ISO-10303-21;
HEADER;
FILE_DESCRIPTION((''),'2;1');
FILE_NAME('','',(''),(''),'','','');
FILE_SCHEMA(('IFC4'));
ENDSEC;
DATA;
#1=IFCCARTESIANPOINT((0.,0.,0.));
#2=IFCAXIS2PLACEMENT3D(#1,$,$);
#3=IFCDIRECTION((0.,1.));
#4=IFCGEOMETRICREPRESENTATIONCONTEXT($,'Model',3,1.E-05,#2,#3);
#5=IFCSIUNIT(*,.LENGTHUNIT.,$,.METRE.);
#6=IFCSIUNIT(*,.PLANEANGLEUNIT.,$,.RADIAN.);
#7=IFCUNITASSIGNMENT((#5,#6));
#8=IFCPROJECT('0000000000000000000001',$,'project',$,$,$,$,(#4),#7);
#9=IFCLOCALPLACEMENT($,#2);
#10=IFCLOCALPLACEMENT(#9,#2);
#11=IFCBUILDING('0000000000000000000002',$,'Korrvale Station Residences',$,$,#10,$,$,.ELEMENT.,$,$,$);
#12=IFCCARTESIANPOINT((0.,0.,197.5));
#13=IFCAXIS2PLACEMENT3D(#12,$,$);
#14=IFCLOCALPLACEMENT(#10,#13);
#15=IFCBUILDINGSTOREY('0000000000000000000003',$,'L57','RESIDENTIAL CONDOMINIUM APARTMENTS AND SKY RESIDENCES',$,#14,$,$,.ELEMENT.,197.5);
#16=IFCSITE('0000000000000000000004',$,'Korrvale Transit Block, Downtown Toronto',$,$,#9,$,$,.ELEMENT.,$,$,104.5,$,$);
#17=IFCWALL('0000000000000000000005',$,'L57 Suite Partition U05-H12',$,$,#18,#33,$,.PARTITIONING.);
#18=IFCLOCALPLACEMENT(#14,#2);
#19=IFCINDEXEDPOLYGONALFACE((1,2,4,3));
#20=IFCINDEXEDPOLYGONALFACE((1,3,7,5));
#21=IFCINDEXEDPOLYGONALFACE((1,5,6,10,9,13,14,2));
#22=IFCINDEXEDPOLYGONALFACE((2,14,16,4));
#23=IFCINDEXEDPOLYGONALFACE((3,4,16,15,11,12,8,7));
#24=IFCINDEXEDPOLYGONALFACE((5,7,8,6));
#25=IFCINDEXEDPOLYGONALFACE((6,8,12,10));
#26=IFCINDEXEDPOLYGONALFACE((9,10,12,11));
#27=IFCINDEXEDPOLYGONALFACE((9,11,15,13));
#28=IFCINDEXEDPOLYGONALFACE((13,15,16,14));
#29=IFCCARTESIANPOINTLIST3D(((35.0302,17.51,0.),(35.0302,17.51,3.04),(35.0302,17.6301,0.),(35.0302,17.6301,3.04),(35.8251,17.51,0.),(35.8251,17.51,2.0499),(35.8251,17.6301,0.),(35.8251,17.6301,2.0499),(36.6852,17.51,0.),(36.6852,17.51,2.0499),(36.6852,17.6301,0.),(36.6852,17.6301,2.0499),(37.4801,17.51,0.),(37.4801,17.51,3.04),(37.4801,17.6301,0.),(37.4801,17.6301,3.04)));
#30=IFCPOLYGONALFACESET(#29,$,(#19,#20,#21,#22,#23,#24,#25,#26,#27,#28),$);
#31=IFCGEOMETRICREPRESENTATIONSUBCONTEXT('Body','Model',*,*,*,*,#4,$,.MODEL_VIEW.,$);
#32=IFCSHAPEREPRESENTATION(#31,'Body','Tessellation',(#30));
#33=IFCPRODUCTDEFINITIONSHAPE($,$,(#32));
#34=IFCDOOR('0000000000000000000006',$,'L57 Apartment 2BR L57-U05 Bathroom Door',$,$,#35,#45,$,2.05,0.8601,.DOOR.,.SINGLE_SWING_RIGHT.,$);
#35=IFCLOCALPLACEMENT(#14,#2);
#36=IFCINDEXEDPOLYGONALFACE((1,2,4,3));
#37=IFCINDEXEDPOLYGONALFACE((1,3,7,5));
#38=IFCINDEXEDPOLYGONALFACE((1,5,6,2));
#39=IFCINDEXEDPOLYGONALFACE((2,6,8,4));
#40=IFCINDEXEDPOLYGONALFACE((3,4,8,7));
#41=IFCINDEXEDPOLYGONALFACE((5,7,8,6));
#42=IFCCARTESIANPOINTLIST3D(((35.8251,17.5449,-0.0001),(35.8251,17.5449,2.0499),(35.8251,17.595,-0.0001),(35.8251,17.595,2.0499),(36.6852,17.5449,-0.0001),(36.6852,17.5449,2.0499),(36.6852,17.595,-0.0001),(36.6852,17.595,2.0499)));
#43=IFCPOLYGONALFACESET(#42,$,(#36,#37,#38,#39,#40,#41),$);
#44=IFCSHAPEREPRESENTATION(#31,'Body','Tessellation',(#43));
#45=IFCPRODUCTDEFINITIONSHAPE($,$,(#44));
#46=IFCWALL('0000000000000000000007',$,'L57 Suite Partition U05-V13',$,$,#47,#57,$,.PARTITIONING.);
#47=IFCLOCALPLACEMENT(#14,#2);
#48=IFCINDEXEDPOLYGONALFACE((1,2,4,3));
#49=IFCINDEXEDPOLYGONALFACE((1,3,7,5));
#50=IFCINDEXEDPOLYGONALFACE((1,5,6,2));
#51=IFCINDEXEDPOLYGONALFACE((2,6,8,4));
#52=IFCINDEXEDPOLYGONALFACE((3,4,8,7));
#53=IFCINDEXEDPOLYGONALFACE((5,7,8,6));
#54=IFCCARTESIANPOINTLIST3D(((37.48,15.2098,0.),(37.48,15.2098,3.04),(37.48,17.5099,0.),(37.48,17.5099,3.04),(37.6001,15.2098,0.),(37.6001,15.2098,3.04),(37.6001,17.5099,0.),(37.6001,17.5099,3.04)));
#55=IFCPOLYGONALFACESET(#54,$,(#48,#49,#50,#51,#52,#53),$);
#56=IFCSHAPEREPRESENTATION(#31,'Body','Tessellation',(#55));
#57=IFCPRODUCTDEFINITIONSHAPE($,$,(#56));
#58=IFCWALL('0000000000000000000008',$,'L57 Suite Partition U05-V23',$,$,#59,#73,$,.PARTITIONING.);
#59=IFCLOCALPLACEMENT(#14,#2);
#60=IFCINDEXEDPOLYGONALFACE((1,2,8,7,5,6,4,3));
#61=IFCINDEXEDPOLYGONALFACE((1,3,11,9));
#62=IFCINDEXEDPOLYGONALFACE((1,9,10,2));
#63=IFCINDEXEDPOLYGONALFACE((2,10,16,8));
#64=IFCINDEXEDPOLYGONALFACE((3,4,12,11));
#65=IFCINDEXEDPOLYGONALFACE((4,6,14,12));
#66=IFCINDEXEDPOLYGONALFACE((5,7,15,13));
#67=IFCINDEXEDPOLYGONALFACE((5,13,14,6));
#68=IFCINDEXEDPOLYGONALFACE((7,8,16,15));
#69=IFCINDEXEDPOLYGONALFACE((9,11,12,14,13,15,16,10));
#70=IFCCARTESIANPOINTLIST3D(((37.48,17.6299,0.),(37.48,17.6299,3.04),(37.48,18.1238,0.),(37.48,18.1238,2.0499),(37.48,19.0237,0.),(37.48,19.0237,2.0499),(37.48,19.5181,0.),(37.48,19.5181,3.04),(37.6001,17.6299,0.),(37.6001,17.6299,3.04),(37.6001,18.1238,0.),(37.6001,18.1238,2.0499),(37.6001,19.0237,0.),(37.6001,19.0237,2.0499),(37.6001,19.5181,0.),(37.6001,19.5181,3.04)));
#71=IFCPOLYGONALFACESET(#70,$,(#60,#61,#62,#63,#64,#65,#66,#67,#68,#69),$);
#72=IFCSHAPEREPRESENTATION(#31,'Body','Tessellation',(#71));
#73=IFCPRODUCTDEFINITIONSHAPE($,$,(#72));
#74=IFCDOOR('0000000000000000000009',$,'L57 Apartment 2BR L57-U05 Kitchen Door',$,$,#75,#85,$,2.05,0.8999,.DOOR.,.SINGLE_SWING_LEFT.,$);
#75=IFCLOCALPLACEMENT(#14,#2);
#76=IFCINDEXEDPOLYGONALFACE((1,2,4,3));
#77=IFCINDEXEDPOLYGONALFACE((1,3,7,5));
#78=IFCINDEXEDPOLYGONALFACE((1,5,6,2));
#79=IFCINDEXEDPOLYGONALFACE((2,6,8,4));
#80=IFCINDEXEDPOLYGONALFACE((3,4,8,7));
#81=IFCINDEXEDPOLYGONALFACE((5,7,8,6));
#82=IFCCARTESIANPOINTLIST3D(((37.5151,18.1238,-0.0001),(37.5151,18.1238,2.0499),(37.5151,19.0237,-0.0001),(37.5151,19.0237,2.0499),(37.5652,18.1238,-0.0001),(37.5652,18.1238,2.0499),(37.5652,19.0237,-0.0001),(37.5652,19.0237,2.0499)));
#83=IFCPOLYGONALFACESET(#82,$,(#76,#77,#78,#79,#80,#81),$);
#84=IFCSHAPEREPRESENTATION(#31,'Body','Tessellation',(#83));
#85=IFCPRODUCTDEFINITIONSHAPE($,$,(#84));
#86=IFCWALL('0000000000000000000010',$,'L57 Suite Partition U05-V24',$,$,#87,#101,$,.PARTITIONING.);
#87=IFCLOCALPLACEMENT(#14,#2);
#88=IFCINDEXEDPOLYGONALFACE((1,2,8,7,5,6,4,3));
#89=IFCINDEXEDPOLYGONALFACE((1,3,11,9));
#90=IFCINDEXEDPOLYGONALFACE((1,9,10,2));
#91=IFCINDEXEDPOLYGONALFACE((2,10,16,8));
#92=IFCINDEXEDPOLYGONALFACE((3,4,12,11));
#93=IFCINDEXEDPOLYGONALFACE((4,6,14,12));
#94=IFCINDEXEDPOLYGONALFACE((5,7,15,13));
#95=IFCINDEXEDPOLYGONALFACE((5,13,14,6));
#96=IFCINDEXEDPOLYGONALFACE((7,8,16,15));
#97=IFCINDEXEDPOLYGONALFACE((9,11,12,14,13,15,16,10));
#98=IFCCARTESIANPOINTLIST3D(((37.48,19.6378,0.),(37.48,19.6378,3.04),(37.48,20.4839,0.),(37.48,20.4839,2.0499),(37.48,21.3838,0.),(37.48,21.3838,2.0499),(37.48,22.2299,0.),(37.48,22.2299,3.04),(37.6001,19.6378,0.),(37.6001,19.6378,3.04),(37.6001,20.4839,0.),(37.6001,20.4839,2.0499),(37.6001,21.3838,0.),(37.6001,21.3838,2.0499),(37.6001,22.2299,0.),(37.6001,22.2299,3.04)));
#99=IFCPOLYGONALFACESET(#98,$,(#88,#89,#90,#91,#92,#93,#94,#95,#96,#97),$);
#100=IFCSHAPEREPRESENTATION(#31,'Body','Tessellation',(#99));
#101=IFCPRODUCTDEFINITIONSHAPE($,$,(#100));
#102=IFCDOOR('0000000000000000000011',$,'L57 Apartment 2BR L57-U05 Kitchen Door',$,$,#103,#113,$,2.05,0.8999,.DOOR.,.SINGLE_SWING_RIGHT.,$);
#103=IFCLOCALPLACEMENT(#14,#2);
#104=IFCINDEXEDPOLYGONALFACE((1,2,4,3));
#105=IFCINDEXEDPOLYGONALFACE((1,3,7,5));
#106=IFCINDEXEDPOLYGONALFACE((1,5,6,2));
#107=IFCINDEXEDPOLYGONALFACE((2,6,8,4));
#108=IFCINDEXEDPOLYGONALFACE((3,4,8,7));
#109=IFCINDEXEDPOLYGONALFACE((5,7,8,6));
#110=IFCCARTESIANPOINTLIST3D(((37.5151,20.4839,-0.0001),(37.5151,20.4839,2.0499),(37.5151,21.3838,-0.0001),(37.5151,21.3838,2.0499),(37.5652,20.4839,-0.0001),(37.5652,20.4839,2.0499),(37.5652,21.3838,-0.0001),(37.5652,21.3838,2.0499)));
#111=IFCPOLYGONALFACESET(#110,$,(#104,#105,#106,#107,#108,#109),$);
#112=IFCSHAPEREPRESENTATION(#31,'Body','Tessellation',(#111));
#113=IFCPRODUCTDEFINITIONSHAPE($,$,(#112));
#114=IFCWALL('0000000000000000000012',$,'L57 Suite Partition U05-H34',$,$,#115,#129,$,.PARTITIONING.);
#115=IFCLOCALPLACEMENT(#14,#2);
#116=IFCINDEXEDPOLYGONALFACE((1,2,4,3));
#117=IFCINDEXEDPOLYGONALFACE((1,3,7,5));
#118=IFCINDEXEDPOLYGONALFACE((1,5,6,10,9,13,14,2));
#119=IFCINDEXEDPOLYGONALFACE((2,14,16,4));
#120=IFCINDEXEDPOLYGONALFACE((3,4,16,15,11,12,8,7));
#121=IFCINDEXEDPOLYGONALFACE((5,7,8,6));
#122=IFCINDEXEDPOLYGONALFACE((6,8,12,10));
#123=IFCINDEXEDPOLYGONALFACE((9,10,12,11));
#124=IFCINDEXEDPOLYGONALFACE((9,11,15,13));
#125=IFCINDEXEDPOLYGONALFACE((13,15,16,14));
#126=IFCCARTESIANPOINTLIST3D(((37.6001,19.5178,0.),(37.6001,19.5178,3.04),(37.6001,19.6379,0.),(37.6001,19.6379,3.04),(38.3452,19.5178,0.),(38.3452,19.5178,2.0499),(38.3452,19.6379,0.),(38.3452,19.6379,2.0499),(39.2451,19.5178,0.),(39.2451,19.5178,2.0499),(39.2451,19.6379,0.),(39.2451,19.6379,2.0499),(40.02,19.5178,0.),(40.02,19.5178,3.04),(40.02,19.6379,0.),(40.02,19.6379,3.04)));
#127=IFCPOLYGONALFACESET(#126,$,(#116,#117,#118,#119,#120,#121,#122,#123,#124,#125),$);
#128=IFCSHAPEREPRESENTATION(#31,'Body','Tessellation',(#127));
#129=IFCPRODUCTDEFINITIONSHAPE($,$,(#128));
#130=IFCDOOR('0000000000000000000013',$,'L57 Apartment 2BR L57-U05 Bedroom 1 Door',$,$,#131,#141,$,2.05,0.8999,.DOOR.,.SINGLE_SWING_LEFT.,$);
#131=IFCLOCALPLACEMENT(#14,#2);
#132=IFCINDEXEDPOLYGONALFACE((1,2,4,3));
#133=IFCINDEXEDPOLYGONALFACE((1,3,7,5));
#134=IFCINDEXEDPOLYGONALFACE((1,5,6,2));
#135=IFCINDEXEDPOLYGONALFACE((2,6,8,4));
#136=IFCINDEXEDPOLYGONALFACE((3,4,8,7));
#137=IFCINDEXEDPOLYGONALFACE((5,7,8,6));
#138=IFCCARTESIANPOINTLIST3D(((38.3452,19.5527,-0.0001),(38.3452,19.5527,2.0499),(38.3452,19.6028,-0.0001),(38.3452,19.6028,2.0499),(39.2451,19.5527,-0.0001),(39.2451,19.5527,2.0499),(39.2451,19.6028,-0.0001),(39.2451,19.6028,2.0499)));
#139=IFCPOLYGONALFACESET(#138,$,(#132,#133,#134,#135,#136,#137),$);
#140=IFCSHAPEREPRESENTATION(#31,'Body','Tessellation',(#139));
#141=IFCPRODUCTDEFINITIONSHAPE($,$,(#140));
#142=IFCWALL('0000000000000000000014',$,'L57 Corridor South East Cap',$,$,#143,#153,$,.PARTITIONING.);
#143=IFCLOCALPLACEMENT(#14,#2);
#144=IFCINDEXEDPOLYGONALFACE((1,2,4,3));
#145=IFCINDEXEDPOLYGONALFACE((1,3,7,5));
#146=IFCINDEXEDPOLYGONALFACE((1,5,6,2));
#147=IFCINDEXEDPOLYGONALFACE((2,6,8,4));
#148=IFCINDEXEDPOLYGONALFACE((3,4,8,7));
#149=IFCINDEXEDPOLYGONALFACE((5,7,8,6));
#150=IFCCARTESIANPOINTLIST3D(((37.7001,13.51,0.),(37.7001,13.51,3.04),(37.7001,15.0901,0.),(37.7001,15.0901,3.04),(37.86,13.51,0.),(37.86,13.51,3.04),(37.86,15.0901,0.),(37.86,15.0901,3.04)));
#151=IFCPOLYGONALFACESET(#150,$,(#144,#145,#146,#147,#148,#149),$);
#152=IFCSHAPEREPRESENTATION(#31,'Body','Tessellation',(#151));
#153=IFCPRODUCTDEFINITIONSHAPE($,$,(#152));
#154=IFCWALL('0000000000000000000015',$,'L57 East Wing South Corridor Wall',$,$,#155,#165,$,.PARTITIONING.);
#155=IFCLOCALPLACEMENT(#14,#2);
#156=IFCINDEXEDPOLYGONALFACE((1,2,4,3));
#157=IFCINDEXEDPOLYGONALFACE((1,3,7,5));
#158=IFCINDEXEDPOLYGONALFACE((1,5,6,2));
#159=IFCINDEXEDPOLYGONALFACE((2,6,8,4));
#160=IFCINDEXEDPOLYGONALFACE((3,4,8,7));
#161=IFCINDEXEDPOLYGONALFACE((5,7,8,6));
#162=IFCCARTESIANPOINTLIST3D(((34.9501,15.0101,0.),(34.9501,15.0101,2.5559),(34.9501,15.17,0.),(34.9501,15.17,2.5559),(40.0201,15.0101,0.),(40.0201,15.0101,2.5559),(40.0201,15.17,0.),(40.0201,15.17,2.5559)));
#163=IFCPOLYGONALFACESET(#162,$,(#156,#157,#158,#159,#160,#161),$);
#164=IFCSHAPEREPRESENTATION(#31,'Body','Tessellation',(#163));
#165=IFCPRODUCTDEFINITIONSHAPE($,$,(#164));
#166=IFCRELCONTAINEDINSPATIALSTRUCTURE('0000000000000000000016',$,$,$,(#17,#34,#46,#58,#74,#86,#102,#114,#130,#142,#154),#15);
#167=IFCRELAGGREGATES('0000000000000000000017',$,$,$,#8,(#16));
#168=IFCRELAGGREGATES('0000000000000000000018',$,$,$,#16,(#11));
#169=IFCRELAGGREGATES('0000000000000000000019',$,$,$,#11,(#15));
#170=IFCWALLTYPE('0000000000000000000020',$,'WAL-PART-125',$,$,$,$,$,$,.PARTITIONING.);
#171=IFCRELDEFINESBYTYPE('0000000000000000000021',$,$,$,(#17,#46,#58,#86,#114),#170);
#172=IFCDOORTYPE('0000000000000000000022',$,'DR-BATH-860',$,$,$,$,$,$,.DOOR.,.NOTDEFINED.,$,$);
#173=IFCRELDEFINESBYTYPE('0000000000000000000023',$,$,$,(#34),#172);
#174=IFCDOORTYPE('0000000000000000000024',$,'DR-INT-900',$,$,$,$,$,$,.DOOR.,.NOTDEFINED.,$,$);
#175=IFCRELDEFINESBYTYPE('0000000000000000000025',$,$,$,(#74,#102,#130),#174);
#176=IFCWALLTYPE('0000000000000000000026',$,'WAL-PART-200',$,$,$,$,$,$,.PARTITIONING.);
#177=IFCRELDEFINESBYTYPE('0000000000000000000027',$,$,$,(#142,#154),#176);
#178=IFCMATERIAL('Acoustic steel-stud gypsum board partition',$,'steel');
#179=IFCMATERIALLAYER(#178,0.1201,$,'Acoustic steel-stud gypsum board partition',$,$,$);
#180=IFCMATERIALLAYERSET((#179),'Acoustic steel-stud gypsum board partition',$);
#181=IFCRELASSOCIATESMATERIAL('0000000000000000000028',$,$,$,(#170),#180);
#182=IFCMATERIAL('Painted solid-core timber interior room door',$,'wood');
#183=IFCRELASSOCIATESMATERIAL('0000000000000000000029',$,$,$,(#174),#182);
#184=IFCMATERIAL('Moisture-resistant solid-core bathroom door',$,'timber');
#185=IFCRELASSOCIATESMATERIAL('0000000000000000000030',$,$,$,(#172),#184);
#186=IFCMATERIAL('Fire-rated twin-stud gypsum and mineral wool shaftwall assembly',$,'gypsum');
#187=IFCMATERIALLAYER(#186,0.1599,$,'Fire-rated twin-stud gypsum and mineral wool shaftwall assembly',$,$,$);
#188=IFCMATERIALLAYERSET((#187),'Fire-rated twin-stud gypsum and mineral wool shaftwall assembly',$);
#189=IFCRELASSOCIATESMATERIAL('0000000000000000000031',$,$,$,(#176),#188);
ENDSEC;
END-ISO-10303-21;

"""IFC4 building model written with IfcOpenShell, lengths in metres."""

from ifc_helpers import new_model, si_unit, direction, frame, frame_2d, origin, place, context, subcontext, project, spatial, rectangle, extrude, material, layer, layer_set, type_object, element, fill, save


model = new_model("IFC4")

# Units and contexts
model_context = context("Model", 3, precision=1e-05, world=origin(), true_north=direction((0.0, 1.0)))
body_context = subcontext(model_context, "Body", "Model", "MODEL_VIEW")
ifc_project = project(units=[si_unit("LENGTHUNIT", "METRE"), si_unit("PLANEANGLEUNIT", "RADIAN")], contexts=[model_context])

# Site, building, storey
site_placement = place(None, origin())
site = spatial("IfcSite", under=ifc_project, at=site_placement, Name="Korrvale Transit Block, Downtown Toronto", CompositionType="ELEMENT", RefElevation=104.5)
building_placement = place(site_placement, origin())
building = spatial("IfcBuilding", under=site, at=building_placement, Name="Korrvale Station Residences", CompositionType="ELEMENT")
storey_placement = place(building_placement, frame((0.0, 0.0, 197.5)))
storey = spatial("IfcBuildingStorey", under=building, at=storey_placement, Name="L57", Description="RESIDENTIAL CONDOMINIUM APARTMENTS AND SKY RESIDENCES", CompositionType="ELEMENT", Elevation=197.5)

# Wall, opening, door
ifc_material_1 = material(Name="Acoustic steel-stud gypsum board partition", Category="steel")
ifc_layer_1 = layer(ifc_material_1, 0.1201, Name="Acoustic steel-stud gypsum board partition")
ifc_layer_set_1 = layer_set([ifc_layer_1], Name="Acoustic steel-stud gypsum board partition")
wall_type_1 = type_object("IfcWallType", Name="WAL-PART-125", PredefinedType="PARTITIONING", material=ifc_layer_set_1)
ifc_material_2 = material(Name="Painted solid-core timber interior room door", Category="wood")
door_type_1 = type_object("IfcDoorType", Name="DR-INT-900", OperationType="NOTDEFINED", PredefinedType="DOOR", material=ifc_material_2)
wall_1_placement = place(storey_placement, frame((35.03, 17.5701, 0.0), z_axis=(0.0, 0.0, 1.0), x_axis=(1.0, 0.0, 0.0)))
wall_1 = element("IfcWall", 1, at=wall_1_placement, inside=storey, type_object=wall_type_1, Name="L57 Suite Partition U05-H12", PredefinedType="PARTITIONING", context=body_context, shape_type="SweptSolid", body=[
    extrude(rectangle(XDim=2.45, YDim=0.1201, at=frame_2d((1.2251, 0.0))), origin(), (0.0, 0.0, 1.0), 3.04),
])
opening_1_placement = place(wall_1_placement, frame((0.7949, 0.0, 0.0)))
opening_1 = element("IfcOpeningElement", 2, at=opening_1_placement, cuts=wall_1, PredefinedType="OPENING", context=body_context, shape_type="SweptSolid", body=[
    extrude(rectangle(XDim=0.8601, YDim=2.05, at=frame_2d((0.4302, 1.0249))), frame((0.0, 0.0701, 0.0), z_axis=(0.0, -1.0, 0.0), x_axis=(1.0, 0.0, 0.0)), (0.0, 0.0, 1.0), 0.1401),
])
ifc_material_3 = material(Name="Moisture-resistant solid-core bathroom door", Category="timber")
door_type_2 = type_object("IfcDoorType", Name="DR-BATH-860", OperationType="NOTDEFINED", PredefinedType="DOOR", material=ifc_material_3)
door_1_placement = place(opening_1_placement, origin())
door_1 = element("IfcDoor", 3, at=door_1_placement, inside=storey, type_object=door_type_2, Name="L57 Apartment 2BR L57-U05 Bathroom Door", OperationType="SINGLE_SWING_RIGHT", OverallHeight=2.05, OverallWidth=0.8601, PredefinedType="DOOR", context=body_context, shape_type="SweptSolid", body=[
    extrude(rectangle(XDim=0.8601, YDim=2.05, at=frame_2d((0.4302, 1.0249))), frame((0.0, 0.0249, 0.0), z_axis=(0.0, -1.0, 0.0), x_axis=(1.0, 0.0, 0.0)), (0.0, 0.0, 1.0), 0.05),
])
fill(opening_1, door_1)

# Wall
wall_2_placement = place(storey_placement, frame((37.54, 15.21, 0.0), z_axis=(0.0, 0.0, 1.0), x_axis=(0.0, 1.0, 0.0)))
element("IfcWall", 4, at=wall_2_placement, inside=storey, type_object=wall_type_1, Name="L57 Suite Partition U05-V13", PredefinedType="PARTITIONING", context=body_context, shape_type="SweptSolid", body=[
    extrude(rectangle(XDim=2.3, YDim=0.1201, at=frame_2d((1.1499, 0.0))), origin(), (0.0, 0.0, 1.0), 3.04),
])

# Walls, openings, doors
wall_3_placement = place(storey_placement, frame((37.54, 17.6299, 0.0), z_axis=(0.0, 0.0, 1.0), x_axis=(0.0, 1.0, 0.0)))
wall_3 = element("IfcWall", 5, at=wall_3_placement, inside=storey, type_object=wall_type_1, Name="L57 Suite Partition U05-V23", PredefinedType="PARTITIONING", context=body_context, shape_type="SweptSolid", body=[
    extrude(rectangle(XDim=1.8882, YDim=0.1201, at=frame_2d((0.9441, 0.0))), origin(), (0.0, 0.0, 1.0), 3.04),
])
opening_2_placement = place(wall_3_placement, frame((0.4939, 0.0, 0.0)))
opening_2 = element("IfcOpeningElement", 6, at=opening_2_placement, cuts=wall_3, PredefinedType="OPENING", context=body_context, shape_type="SweptSolid", body=[
    extrude(rectangle(XDim=0.8999, YDim=2.05, at=frame_2d((0.45, 1.0249))), frame((0.0, 0.0701, 0.0), z_axis=(0.0, -1.0, 0.0), x_axis=(1.0, 0.0, 0.0)), (0.0, 0.0, 1.0), 0.1401),
])
door_2_placement = place(opening_2_placement, origin())
door_2 = element("IfcDoor", 7, at=door_2_placement, inside=storey, type_object=door_type_1, Name="L57 Apartment 2BR L57-U05 Kitchen Door", OperationType="SINGLE_SWING_LEFT", OverallHeight=2.05, OverallWidth=0.8999, PredefinedType="DOOR", context=body_context, shape_type="SweptSolid", body=[
    extrude(rectangle(XDim=0.8999, YDim=2.05, at=frame_2d((0.45, 1.0249))), frame((0.0, 0.0249, 0.0), z_axis=(0.0, -1.0, 0.0), x_axis=(1.0, 0.0, 0.0)), (0.0, 0.0, 1.0), 0.05),
])
fill(opening_2, door_2)
wall_4_placement = place(storey_placement, frame((37.54, 19.6379, 0.0), z_axis=(0.0, 0.0, 1.0), x_axis=(0.0, 1.0, 0.0)))
wall_4 = element("IfcWall", 8, at=wall_4_placement, inside=storey, type_object=wall_type_1, Name="L57 Suite Partition U05-V24", PredefinedType="PARTITIONING", context=body_context, shape_type="SweptSolid", body=[
    extrude(rectangle(XDim=2.592, YDim=0.1201, at=frame_2d((1.2959, 0.0))), origin(), (0.0, 0.0, 1.0), 3.04),
])
opening_3_placement = place(wall_4_placement, frame((0.8459, 0.0, 0.0)))
opening_3 = element("IfcOpeningElement", 9, at=opening_3_placement, cuts=wall_4, PredefinedType="OPENING", context=body_context, shape_type="SweptSolid", body=[
    extrude(rectangle(XDim=0.8999, YDim=2.05, at=frame_2d((0.45, 1.0249))), frame((0.0, 0.0701, 0.0), z_axis=(0.0, -1.0, 0.0), x_axis=(1.0, 0.0, 0.0)), (0.0, 0.0, 1.0), 0.1401),
])
door_3_placement = place(opening_3_placement, origin())
door_3 = element("IfcDoor", 10, at=door_3_placement, inside=storey, type_object=door_type_1, Name="L57 Apartment 2BR L57-U05 Kitchen Door", OperationType="SINGLE_SWING_RIGHT", OverallHeight=2.05, OverallWidth=0.8999, PredefinedType="DOOR", context=body_context, shape_type="SweptSolid", body=[
    extrude(rectangle(XDim=0.8999, YDim=2.05, at=frame_2d((0.45, 1.0249))), frame((0.0, 0.0249, 0.0), z_axis=(0.0, -1.0, 0.0), x_axis=(1.0, 0.0, 0.0)), (0.0, 0.0, 1.0), 0.05),
])
fill(opening_3, door_3)
wall_5_placement = place(storey_placement, frame((37.6001, 19.5779, 0.0), z_axis=(0.0, 0.0, 1.0), x_axis=(1.0, 0.0, 0.0)))
wall_5 = element("IfcWall", 11, at=wall_5_placement, inside=storey, type_object=wall_type_1, Name="L57 Suite Partition U05-H34", PredefinedType="PARTITIONING", context=body_context, shape_type="SweptSolid", body=[
    extrude(rectangle(XDim=2.4199, YDim=0.1201, at=frame_2d((1.21, 0.0))), origin(), (0.0, 0.0, 1.0), 3.04),
])
opening_4_placement = place(wall_5_placement, frame((0.7451, 0.0, 0.0)))
opening_4 = element("IfcOpeningElement", 12, at=opening_4_placement, cuts=wall_5, PredefinedType="OPENING", context=body_context, shape_type="SweptSolid", body=[
    extrude(rectangle(XDim=0.8999, YDim=2.05, at=frame_2d((0.45, 1.0249))), frame((0.0, 0.0701, 0.0), z_axis=(0.0, -1.0, 0.0), x_axis=(1.0, 0.0, 0.0)), (0.0, 0.0, 1.0), 0.1401),
])
door_4_placement = place(opening_4_placement, origin())
door_4 = element("IfcDoor", 13, at=door_4_placement, inside=storey, type_object=door_type_1, Name="L57 Apartment 2BR L57-U05 Bedroom 1 Door", OperationType="SINGLE_SWING_LEFT", OverallHeight=2.05, OverallWidth=0.8999, PredefinedType="DOOR", context=body_context, shape_type="SweptSolid", body=[
    extrude(rectangle(XDim=0.8999, YDim=2.05, at=frame_2d((0.45, 1.0249))), frame((0.0, 0.0249, 0.0), z_axis=(0.0, -1.0, 0.0), x_axis=(1.0, 0.0, 0.0)), (0.0, 0.0, 1.0), 0.05),
])
fill(opening_4, door_4)

# Walls
ifc_material_4 = material(Name="Fire-rated twin-stud gypsum and mineral wool shaftwall assembly", Category="gypsum")
ifc_layer_2 = layer(ifc_material_4, 0.1599, Name="Fire-rated twin-stud gypsum and mineral wool shaftwall assembly")
ifc_layer_set_2 = layer_set([ifc_layer_2], Name="Fire-rated twin-stud gypsum and mineral wool shaftwall assembly")
wall_type_2 = type_object("IfcWallType", Name="WAL-PART-200", PredefinedType="PARTITIONING", material=ifc_layer_set_2)
wall_6_placement = place(storey_placement, frame((37.78, 13.51, 0.0), z_axis=(0.0, 0.0, 1.0), x_axis=(0.0, 1.0, 0.0)))
element("IfcWall", 14, at=wall_6_placement, inside=storey, type_object=wall_type_2, Name="L57 Corridor South East Cap", PredefinedType="PARTITIONING", context=body_context, shape_type="SweptSolid", body=[
    extrude(rectangle(XDim=1.5801, YDim=0.1599, at=frame_2d((0.79, 0.0))), origin(), (0.0, 0.0, 1.0), 3.04),
])
wall_7_placement = place(storey_placement, frame((34.95, 15.0901, 0.0), z_axis=(0.0, 0.0, 1.0), x_axis=(1.0, 0.0, 0.0)))
element("IfcWall", 15, at=wall_7_placement, inside=storey, type_object=wall_type_2, Name="L57 East Wing South Corridor Wall", PredefinedType="PARTITIONING", context=body_context, shape_type="SweptSolid", body=[
    extrude(rectangle(XDim=5.0701, YDim=0.1599, at=frame_2d((2.5352, 0.0))), origin(), (0.0, 0.0, 1.0), 2.5559),
])

save(model, "model.ifc")
